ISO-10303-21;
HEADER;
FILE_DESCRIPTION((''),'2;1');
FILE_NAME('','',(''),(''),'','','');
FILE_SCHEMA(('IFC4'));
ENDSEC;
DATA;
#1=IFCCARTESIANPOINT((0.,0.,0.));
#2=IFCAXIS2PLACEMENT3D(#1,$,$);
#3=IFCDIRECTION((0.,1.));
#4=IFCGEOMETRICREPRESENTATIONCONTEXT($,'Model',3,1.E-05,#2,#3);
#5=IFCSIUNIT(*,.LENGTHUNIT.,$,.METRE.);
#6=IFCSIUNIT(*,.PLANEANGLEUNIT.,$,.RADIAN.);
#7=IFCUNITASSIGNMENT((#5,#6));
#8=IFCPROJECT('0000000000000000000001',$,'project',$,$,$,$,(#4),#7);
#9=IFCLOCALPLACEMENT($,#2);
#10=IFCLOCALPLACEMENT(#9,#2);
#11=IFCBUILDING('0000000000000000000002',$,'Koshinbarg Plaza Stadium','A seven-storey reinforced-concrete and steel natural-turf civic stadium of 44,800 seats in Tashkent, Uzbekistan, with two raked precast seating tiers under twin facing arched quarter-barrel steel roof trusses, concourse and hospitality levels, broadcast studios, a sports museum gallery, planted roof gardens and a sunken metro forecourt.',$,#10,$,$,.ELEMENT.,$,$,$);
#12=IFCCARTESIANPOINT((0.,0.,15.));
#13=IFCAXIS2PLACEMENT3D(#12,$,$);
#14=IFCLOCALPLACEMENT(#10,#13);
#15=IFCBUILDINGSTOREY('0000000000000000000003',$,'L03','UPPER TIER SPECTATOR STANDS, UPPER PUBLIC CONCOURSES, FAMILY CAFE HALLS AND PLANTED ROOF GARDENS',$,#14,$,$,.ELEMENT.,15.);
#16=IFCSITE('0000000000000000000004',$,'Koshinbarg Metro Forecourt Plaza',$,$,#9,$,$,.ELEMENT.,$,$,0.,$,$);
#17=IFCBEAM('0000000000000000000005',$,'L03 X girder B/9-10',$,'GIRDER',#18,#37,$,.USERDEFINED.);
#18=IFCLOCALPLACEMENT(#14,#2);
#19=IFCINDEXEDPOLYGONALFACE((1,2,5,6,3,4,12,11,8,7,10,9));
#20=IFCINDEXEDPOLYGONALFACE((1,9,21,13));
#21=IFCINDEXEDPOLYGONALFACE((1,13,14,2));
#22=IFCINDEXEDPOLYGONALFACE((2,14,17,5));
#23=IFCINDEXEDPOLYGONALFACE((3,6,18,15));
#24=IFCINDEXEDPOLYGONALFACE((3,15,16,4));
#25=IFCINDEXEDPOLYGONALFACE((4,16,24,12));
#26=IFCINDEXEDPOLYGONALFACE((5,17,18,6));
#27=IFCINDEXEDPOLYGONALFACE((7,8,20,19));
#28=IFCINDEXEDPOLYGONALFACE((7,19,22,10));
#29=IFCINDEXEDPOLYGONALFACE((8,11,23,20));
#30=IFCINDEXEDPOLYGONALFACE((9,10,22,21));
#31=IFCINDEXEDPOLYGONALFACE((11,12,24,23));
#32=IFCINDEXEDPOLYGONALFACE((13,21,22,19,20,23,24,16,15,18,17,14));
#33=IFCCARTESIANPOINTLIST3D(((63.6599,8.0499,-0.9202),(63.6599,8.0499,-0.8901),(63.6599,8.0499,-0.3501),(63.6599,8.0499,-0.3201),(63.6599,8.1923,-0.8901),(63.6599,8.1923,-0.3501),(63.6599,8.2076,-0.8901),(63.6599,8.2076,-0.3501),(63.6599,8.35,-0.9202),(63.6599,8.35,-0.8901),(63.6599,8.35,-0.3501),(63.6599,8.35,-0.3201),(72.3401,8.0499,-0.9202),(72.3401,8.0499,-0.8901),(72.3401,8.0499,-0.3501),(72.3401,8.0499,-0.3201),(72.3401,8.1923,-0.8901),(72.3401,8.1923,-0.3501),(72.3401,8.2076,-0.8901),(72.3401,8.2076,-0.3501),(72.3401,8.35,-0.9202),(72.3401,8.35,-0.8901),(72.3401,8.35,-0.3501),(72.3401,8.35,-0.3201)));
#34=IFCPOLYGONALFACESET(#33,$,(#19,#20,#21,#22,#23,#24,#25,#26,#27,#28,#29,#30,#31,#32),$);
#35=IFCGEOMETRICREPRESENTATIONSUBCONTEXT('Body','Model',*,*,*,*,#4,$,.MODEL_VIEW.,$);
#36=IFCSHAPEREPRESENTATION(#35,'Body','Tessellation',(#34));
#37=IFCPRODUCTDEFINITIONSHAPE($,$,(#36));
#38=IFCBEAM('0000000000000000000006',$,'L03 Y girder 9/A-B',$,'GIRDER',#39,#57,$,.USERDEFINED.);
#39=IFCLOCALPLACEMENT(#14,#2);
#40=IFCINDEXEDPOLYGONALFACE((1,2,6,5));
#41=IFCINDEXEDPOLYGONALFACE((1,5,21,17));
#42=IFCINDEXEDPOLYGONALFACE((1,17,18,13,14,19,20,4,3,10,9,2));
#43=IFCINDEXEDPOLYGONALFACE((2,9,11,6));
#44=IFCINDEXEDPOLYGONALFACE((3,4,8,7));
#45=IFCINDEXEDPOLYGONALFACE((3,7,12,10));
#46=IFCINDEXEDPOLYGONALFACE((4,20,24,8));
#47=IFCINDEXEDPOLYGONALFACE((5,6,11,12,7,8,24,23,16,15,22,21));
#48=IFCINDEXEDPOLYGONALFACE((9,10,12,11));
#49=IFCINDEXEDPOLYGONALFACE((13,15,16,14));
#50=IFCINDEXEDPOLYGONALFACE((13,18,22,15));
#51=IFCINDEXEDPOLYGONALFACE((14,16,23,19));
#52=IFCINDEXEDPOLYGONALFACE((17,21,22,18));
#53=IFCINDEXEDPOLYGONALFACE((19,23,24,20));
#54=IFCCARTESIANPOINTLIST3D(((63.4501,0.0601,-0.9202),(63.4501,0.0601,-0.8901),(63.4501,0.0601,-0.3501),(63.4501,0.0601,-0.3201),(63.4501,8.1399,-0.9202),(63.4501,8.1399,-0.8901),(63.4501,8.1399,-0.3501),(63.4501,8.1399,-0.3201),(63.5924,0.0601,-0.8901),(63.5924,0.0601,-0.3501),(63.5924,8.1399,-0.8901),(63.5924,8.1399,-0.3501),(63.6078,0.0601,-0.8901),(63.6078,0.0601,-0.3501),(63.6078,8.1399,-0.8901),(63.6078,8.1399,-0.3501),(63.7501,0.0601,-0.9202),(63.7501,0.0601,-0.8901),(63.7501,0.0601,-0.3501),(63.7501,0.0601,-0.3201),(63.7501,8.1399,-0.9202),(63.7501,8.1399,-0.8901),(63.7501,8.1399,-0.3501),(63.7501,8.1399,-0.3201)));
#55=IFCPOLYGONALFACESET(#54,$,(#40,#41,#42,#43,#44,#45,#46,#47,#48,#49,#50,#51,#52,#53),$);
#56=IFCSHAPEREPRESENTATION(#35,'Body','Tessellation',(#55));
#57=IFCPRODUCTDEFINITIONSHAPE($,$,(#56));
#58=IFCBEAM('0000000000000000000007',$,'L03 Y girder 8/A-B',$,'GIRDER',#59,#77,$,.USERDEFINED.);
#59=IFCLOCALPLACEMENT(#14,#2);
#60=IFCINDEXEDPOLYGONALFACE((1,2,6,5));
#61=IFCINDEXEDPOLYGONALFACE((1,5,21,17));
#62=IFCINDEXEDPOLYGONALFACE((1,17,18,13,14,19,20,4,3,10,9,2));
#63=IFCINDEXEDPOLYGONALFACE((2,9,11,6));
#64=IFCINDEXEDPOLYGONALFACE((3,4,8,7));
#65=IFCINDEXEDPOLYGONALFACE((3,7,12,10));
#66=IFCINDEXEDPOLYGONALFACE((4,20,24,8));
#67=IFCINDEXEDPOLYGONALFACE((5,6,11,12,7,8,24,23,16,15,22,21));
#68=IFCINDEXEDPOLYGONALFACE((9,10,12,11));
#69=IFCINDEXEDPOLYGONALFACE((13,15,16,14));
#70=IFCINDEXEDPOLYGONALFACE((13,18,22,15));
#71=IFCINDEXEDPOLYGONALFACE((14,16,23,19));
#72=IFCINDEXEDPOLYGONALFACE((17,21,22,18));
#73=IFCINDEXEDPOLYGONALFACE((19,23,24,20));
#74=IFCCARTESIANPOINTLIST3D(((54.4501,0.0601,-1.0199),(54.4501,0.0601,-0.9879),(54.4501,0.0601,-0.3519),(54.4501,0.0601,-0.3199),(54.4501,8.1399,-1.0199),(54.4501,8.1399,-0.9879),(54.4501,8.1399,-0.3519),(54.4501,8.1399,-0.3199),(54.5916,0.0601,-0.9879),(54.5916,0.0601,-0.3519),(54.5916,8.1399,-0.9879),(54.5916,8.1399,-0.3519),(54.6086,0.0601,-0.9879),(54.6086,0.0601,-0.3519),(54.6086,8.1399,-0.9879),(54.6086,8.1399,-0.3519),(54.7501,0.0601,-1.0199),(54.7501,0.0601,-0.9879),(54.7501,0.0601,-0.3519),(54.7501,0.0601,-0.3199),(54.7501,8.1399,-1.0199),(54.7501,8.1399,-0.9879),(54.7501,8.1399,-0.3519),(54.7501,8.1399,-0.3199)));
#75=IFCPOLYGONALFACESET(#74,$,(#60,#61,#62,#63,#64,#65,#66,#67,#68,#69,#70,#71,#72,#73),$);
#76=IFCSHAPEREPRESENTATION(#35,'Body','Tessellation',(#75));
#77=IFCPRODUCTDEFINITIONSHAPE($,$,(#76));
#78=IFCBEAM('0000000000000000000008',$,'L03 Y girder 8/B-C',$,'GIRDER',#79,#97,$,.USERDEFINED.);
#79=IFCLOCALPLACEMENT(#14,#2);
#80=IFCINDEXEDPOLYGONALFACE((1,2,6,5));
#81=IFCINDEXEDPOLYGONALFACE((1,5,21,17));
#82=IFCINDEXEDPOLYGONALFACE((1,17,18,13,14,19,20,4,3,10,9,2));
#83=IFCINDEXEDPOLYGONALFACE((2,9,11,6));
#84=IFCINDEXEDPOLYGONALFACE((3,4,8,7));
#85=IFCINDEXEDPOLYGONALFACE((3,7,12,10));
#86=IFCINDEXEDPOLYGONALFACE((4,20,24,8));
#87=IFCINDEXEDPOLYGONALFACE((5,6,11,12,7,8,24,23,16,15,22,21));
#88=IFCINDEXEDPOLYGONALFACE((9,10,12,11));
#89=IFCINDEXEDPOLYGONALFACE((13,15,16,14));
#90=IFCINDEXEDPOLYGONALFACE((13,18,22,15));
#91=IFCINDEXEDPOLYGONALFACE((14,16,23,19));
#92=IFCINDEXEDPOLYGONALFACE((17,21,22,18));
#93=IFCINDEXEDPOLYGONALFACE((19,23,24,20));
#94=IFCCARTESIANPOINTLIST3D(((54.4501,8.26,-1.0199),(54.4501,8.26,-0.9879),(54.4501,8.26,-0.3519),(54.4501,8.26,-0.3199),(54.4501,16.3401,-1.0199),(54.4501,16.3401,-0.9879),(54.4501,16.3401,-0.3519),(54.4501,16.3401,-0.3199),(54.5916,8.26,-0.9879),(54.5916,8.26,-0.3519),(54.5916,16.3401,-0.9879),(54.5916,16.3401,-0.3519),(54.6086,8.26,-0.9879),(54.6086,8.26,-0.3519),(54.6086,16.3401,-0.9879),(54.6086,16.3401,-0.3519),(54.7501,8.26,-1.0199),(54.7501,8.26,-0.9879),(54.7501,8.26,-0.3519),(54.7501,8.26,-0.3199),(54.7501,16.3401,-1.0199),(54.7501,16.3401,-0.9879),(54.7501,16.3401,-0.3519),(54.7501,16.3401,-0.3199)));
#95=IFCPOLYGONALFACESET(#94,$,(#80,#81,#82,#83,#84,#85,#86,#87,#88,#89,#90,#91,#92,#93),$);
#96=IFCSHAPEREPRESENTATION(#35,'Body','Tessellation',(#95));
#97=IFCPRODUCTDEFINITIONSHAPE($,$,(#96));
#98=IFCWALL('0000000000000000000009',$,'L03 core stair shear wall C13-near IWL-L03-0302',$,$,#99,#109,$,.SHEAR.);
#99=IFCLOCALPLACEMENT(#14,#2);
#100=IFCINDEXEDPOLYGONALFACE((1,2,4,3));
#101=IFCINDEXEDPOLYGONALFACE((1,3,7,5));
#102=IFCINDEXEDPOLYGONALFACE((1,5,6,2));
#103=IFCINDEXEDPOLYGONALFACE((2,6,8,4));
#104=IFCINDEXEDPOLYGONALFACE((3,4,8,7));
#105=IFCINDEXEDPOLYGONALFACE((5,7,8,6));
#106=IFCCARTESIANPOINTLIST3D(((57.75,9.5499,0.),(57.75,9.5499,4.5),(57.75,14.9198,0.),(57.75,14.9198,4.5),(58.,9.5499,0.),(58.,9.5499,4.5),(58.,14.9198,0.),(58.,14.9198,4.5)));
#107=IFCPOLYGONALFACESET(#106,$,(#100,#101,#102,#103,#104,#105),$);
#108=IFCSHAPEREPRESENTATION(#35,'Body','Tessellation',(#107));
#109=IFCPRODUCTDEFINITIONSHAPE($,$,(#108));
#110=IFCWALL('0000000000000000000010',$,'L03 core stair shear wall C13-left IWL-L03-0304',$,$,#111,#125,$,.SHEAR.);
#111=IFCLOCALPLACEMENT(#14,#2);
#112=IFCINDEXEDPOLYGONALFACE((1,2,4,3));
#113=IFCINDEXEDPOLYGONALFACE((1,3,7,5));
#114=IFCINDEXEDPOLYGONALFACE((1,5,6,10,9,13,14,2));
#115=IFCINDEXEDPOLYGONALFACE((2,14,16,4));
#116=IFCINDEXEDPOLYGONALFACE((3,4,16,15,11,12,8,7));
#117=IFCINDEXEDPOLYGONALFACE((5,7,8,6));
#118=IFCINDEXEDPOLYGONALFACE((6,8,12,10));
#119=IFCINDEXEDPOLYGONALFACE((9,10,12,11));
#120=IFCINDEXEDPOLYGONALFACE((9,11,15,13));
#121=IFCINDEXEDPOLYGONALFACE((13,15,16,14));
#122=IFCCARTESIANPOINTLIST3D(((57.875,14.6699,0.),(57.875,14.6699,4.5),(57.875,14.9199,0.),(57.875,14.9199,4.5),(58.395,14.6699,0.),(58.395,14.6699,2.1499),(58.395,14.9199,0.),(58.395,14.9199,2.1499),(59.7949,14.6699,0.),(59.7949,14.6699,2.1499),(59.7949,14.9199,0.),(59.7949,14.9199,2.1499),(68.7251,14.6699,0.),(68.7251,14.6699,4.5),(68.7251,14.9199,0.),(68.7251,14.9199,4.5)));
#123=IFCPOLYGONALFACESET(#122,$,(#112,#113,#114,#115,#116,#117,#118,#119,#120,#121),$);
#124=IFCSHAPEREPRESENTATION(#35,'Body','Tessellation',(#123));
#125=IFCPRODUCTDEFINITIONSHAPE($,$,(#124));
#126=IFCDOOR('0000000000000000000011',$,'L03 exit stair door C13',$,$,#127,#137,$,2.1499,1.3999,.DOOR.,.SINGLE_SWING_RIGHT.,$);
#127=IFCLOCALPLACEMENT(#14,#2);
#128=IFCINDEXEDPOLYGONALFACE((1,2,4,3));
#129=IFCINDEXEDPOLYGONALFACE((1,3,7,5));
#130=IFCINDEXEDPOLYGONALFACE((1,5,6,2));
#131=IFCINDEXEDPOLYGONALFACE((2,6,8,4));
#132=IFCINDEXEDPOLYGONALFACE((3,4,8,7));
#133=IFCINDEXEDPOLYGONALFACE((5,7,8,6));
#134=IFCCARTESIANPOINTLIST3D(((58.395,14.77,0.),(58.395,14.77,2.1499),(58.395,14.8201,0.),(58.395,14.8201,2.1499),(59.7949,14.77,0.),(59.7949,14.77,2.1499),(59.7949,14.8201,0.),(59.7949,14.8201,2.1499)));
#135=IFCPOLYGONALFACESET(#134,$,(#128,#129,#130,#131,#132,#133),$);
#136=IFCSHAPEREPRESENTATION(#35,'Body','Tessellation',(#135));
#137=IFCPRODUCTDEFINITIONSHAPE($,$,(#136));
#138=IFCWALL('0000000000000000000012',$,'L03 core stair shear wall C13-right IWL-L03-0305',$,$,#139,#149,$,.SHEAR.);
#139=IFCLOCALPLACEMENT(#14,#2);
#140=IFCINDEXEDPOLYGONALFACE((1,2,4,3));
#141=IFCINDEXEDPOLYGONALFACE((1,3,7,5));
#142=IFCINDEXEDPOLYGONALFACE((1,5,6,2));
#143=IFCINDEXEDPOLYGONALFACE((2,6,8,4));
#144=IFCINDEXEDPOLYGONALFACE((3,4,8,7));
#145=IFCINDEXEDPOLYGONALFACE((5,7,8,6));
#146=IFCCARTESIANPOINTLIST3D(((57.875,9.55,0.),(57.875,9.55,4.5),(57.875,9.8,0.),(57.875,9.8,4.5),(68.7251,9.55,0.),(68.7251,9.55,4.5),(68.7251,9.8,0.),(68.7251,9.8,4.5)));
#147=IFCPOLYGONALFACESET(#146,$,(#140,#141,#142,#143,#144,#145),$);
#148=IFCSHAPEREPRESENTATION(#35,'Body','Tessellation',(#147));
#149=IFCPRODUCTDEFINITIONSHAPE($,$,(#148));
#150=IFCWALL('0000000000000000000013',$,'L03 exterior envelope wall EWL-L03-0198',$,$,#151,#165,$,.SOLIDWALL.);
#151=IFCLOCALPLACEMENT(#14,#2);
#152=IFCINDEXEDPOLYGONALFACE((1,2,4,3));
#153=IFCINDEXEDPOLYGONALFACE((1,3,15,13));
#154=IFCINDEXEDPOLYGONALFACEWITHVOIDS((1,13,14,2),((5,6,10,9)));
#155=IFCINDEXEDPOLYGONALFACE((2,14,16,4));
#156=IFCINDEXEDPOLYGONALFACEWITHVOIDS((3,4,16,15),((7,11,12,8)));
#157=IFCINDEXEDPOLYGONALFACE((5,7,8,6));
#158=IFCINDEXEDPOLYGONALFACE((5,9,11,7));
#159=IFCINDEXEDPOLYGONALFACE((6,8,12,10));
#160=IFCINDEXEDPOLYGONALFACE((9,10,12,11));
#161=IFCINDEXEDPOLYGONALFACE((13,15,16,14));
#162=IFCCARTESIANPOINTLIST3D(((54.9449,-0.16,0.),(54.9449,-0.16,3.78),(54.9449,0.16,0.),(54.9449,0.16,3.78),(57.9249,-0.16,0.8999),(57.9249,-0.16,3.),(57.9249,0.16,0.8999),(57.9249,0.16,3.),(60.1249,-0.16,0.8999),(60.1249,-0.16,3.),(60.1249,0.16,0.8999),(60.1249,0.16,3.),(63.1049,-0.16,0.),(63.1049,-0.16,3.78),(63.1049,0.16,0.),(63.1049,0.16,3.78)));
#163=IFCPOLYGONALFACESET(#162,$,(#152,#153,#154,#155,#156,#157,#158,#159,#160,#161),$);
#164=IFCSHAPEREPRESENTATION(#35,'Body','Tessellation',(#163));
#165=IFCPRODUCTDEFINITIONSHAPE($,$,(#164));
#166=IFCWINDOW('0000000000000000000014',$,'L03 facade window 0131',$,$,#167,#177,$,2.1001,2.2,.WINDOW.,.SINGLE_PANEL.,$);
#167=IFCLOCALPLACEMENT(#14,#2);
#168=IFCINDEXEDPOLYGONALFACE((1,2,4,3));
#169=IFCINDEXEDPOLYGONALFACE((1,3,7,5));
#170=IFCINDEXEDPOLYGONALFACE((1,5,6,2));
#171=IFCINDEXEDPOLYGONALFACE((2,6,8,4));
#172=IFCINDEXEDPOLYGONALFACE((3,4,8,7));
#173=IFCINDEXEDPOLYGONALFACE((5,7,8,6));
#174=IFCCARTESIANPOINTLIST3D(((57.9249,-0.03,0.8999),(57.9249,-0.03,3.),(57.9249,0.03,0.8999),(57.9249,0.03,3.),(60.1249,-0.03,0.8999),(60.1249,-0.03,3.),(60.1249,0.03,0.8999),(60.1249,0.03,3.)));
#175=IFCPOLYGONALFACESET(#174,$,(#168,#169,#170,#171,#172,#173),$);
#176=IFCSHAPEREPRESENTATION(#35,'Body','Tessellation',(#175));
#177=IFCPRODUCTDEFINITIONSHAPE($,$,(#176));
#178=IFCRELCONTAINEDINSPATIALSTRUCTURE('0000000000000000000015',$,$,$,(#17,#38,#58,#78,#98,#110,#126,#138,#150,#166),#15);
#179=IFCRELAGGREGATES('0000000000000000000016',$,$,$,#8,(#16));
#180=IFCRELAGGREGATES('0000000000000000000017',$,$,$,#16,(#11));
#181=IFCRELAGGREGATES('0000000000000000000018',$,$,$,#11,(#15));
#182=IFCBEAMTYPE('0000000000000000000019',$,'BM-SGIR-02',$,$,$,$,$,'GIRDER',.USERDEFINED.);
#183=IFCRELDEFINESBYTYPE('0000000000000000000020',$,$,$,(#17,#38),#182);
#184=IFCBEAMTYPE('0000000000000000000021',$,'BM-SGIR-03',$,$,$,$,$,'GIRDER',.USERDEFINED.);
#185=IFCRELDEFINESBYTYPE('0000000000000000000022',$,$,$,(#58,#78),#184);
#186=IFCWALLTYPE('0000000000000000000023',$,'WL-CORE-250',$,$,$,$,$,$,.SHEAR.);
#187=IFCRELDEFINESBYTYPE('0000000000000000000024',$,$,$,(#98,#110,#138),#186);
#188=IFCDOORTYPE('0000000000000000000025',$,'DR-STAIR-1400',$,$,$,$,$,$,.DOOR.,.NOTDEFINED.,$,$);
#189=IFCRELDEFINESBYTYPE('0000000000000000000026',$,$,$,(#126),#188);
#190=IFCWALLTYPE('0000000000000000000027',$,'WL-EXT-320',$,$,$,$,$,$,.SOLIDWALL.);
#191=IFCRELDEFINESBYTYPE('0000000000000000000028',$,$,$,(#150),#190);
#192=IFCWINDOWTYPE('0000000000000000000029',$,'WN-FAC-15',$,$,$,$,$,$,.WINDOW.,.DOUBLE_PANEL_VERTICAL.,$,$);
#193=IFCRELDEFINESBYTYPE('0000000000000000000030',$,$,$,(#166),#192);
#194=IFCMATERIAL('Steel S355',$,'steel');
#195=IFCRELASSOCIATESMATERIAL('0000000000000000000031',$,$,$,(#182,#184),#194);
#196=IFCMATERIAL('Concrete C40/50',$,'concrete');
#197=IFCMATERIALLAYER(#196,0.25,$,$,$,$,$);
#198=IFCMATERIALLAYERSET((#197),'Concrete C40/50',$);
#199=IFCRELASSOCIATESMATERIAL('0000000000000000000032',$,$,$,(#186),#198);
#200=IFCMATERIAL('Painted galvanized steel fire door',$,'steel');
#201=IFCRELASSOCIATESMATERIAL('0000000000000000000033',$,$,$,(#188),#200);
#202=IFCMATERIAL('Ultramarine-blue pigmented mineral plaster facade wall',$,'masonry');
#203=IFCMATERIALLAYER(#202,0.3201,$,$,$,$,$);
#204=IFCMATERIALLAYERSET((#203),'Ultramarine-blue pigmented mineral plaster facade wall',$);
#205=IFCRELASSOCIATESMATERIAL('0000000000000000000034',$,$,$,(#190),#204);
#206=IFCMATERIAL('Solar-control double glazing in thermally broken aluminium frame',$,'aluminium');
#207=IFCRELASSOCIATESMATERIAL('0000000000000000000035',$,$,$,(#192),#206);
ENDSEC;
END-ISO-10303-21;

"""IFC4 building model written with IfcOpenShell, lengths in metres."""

from ifc_helpers import new_model, si_unit, direction, frame, frame_2d, origin, origin_2d, place, context, subcontext, project, spatial, rectangle, i_section, extrude, material, layer, layer_set, material_profile, profile_set, type_object, element, fill, save


model = new_model("IFC4")

# Units and contexts
model_context = context("Model", 3, precision=1e-05, world=origin(), true_north=direction((0.0, 1.0)))
body_context = subcontext(model_context, "Body", "Model", "MODEL_VIEW")
ifc_project = project(units=[si_unit("LENGTHUNIT", "METRE"), si_unit("PLANEANGLEUNIT", "RADIAN")], contexts=[model_context])

# Site, building, storey
site_placement = place(None, origin())
site = spatial("IfcSite", under=ifc_project, at=site_placement, Name="Koshinbarg Metro Forecourt Plaza", CompositionType="ELEMENT", RefElevation=0.0)
building_placement = place(site_placement, origin())
building = spatial("IfcBuilding", under=site, at=building_placement, Name="Koshinbarg Plaza Stadium", Description="A seven-storey reinforced-concrete and steel natural-turf civic stadium of 44,800 seats in Tashkent, Uzbekistan, with two raked precast seating tiers under twin facing arched quarter-barrel steel roof trusses, concourse and hospitality levels, broadcast studios, a sports museum gallery, planted roof gardens and a sunken metro forecourt.", CompositionType="ELEMENT")
storey_placement = place(building_placement, frame((0.0, 0.0, 15.0)))
storey = spatial("IfcBuildingStorey", under=building, at=storey_placement, Name="L03", Description="UPPER TIER SPECTATOR STANDS, UPPER PUBLIC CONCOURSES, FAMILY CAFE HALLS AND PLANTED ROOF GARDENS", CompositionType="ELEMENT", Elevation=15.0)

# Shared definitions
ifc_material_1 = material(Name="Concrete C40/50", Category="concrete")

# Beams
ifc_material_2 = material(Name="Steel S355", Category="steel")
ifc_material_profile_1 = material_profile(ifc_material_2, i_section(OverallWidth=0.3, OverallDepth=0.6001, WebThickness=0.0154, FlangeThickness=0.03, at=origin_2d()), Name="HEB 600")
ifc_profile_set_1 = profile_set([ifc_material_profile_1], Name="Steel S355")
beam_type_1 = type_object("IfcBeamType", Name="BM-SGIR-02", ElementType="GIRDER", PredefinedType="USERDEFINED", material=ifc_profile_set_1)
beam_1_placement = place(storey_placement, frame((63.6599, 8.2, -0.6201), z_axis=(1.0, 0.0, 0.0), x_axis=(0.0, 1.0, 0.0)))
element("IfcBeam", 1, at=beam_1_placement, inside=storey, type_object=beam_type_1, Name="L03 X girder B/9-10", ObjectType="GIRDER", PredefinedType="USERDEFINED", context=body_context, shape_type="SweptSolid", body=[
    extrude(i_section(OverallWidth=0.3, OverallDepth=0.6001, WebThickness=0.0154, FlangeThickness=0.03, at=origin_2d()), origin(), (0.0, 0.0, 1.0), 8.6802),
])
beam_2_placement = place(storey_placement, frame((63.6001, 0.0601, -0.6201), z_axis=(0.0, 1.0, 0.0), x_axis=(-1.0, 0.0, 0.0)))
element("IfcBeam", 2, at=beam_2_placement, inside=storey, type_object=beam_type_1, Name="L03 Y girder 9/A-B", ObjectType="GIRDER", PredefinedType="USERDEFINED", context=body_context, shape_type="SweptSolid", body=[
    extrude(i_section(OverallWidth=0.3, OverallDepth=0.6001, WebThickness=0.0154, FlangeThickness=0.03, at=origin_2d()), origin(), (0.0, 0.0, 1.0), 8.0798),
])
ifc_material_profile_2 = material_profile(ifc_material_2, i_section(OverallWidth=0.3, OverallDepth=0.7, WebThickness=0.0171, FlangeThickness=0.032, at=origin_2d()), Name="HEB 700")
ifc_profile_set_2 = profile_set([ifc_material_profile_2], Name="Steel S355")
beam_type_2 = type_object("IfcBeamType", Name="BM-SGIR-03", ElementType="GIRDER", PredefinedType="USERDEFINED", material=ifc_profile_set_2)
beam_3_placement = place(storey_placement, frame((54.6001, 0.0601, -0.6699), z_axis=(0.0, 1.0, 0.0), x_axis=(-1.0, 0.0, 0.0)))
element("IfcBeam", 3, at=beam_3_placement, inside=storey, type_object=beam_type_2, Name="L03 Y girder 8/A-B", ObjectType="GIRDER", PredefinedType="USERDEFINED", context=body_context, shape_type="SweptSolid", body=[
    extrude(i_section(OverallWidth=0.3, OverallDepth=0.7, WebThickness=0.0171, FlangeThickness=0.032, at=origin_2d()), origin(), (0.0, 0.0, 1.0), 8.0798),
])
beam_4_placement = place(storey_placement, frame((54.6001, 8.26, -0.6699), z_axis=(0.0, 1.0, 0.0), x_axis=(-1.0, 0.0, 0.0)))
element("IfcBeam", 4, at=beam_4_placement, inside=storey, type_object=beam_type_2, Name="L03 Y girder 8/B-C", ObjectType="GIRDER", PredefinedType="USERDEFINED", context=body_context, shape_type="SweptSolid", body=[
    extrude(i_section(OverallWidth=0.3, OverallDepth=0.7, WebThickness=0.0171, FlangeThickness=0.032, at=origin_2d()), origin(), (0.0, 0.0, 1.0), 8.0801),
])

# Wall
ifc_layer_1 = layer(ifc_material_1, 0.25)
ifc_layer_set_1 = layer_set([ifc_layer_1], Name="Concrete C40/50")
wall_type_1 = type_object("IfcWallType", Name="WL-CORE-250", PredefinedType="SHEAR", material=ifc_layer_set_1)
wall_1_placement = place(storey_placement, frame((57.875, 14.9199, 0.0), z_axis=(0.0, 0.0, 1.0), x_axis=(0.0, -1.0, 0.0)))
element("IfcWall", 5, at=wall_1_placement, inside=storey, type_object=wall_type_1, Name="L03 core stair shear wall C13-near IWL-L03-0302", PredefinedType="SHEAR", context=body_context, shape_type="SweptSolid", body=[
    extrude(rectangle(XDim=5.3699, YDim=0.25, at=frame_2d((2.6851, 0.0))), origin(), (0.0, 0.0, 1.0), 4.5),
])

# Wall, opening, door
wall_2_placement = place(storey_placement, frame((57.875, 14.7949, 0.0), z_axis=(0.0, 0.0, 1.0), x_axis=(1.0, 0.0, 0.0)))
wall_2 = element("IfcWall", 6, at=wall_2_placement, inside=storey, type_object=wall_type_1, Name="L03 core stair shear wall C13-left IWL-L03-0304", PredefinedType="SHEAR", context=body_context, shape_type="SweptSolid", body=[
    extrude(rectangle(XDim=10.8501, YDim=0.25, at=frame_2d((5.425, 0.0))), origin(), (0.0, 0.0, 1.0), 4.5),
])
opening_1_placement = place(wall_2_placement, frame((0.52, 0.0, 0.0)))
opening_1 = element("IfcOpeningElement", 7, at=opening_1_placement, cuts=wall_2, PredefinedType="OPENING", context=body_context, shape_type="SweptSolid", body=[
    extrude(rectangle(XDim=1.3999, YDim=2.1499, at=frame_2d((0.7, 1.075))), frame((0.0, 0.135, 0.0), z_axis=(0.0, -1.0, 0.0), x_axis=(1.0, 0.0, 0.0)), (0.0, 0.0, 1.0), 0.27),
])
ifc_material_3 = material(Name="Painted galvanized steel fire door", Category="steel")
door_type = type_object("IfcDoorType", Name="DR-STAIR-1400", OperationType="NOTDEFINED", PredefinedType="DOOR", material=ifc_material_3)
door_placement = place(opening_1_placement, frame((1.3999, 0.0, 0.0), z_axis=(0.0, 0.0, 1.0), x_axis=(-1.0, 0.0, 0.0)))
door = element("IfcDoor", 8, at=door_placement, inside=storey, type_object=door_type, Name="L03 exit stair door C13", OperationType="SINGLE_SWING_RIGHT", OverallHeight=2.1499, OverallWidth=1.3999, PredefinedType="DOOR", context=body_context, shape_type="SweptSolid", body=[
    extrude(rectangle(XDim=1.3999, YDim=2.1499, at=frame_2d((0.7, 1.075))), frame((0.0, 0.0249, 0.0), z_axis=(0.0, -1.0, 0.0), x_axis=(1.0, 0.0, 0.0)), (0.0, 0.0, 1.0), 0.05),
])
fill(opening_1, door)

# Wall
wall_3_placement = place(storey_placement, frame((57.875, 9.675, 0.0), z_axis=(0.0, 0.0, 1.0), x_axis=(1.0, 0.0, 0.0)))
element("IfcWall", 9, at=wall_3_placement, inside=storey, type_object=wall_type_1, Name="L03 core stair shear wall C13-right IWL-L03-0305", PredefinedType="SHEAR", context=body_context, shape_type="SweptSolid", body=[
    extrude(rectangle(XDim=10.8501, YDim=0.25, at=frame_2d((5.425, 0.0))), origin(), (0.0, 0.0, 1.0), 4.5),
])

# Wall, opening, window
ifc_material_4 = material(Name="Ultramarine-blue pigmented mineral plaster facade wall", Category="masonry")
ifc_layer_2 = layer(ifc_material_4, 0.3201)
ifc_layer_set_2 = layer_set([ifc_layer_2], Name="Ultramarine-blue pigmented mineral plaster facade wall")
wall_type_2 = type_object("IfcWallType", Name="WL-EXT-320", PredefinedType="SOLIDWALL", material=ifc_layer_set_2)
wall_4_placement = place(storey_placement, frame((63.105, 0.0, 0.0), z_axis=(0.0, 0.0, 1.0), x_axis=(-1.0, 0.0, 0.0)))
wall_4 = element("IfcWall", 10, at=wall_4_placement, inside=storey, type_object=wall_type_2, Name="L03 exterior envelope wall EWL-L03-0198", PredefinedType="SOLIDWALL", context=body_context, shape_type="SweptSolid", body=[
    extrude(rectangle(XDim=8.1599, YDim=0.3201, at=frame_2d((4.0801, 0.0))), origin(), (0.0, 0.0, 1.0), 3.78),
])
opening_2_placement = place(wall_4_placement, frame((2.98, 0.0, 0.8999)))
opening_2 = element("IfcOpeningElement", 11, at=opening_2_placement, cuts=wall_4, PredefinedType="OPENING", context=body_context, shape_type="SweptSolid", body=[
    extrude(rectangle(XDim=2.2, YDim=2.1001, at=frame_2d((1.1001, 1.05))), frame((0.0, 0.1699, 0.0), z_axis=(0.0, -1.0, 0.0), x_axis=(1.0, 0.0, 0.0)), (0.0, 0.0, 1.0), 0.3401),
])
ifc_material_5 = material(Name="Solar-control double glazing in thermally broken aluminium frame", Category="aluminium")
window_type_1 = type_object("IfcWindowType", Name="WN-FAC-15", PartitioningType="DOUBLE_PANEL_VERTICAL", PredefinedType="WINDOW", material=ifc_material_5)
window_1_placement = place(opening_2_placement, origin())
window_1 = element("IfcWindow", 12, at=window_1_placement, inside=storey, type_object=window_type_1, Name="L03 facade window 0131", OverallHeight=2.1001, OverallWidth=2.2, PartitioningType="SINGLE_PANEL", PredefinedType="WINDOW", context=body_context, shape_type="SweptSolid", body=[
    extrude(rectangle(XDim=2.2, YDim=2.1001, at=frame_2d((1.1001, 1.05))), frame((0.0, 0.03, 0.0), z_axis=(0.0, -1.0, 0.0), x_axis=(1.0, 0.0, 0.0)), (0.0, 0.0, 1.0), 0.0601),
])
fill(opening_2, window_1)

save(model, "model.ifc")
